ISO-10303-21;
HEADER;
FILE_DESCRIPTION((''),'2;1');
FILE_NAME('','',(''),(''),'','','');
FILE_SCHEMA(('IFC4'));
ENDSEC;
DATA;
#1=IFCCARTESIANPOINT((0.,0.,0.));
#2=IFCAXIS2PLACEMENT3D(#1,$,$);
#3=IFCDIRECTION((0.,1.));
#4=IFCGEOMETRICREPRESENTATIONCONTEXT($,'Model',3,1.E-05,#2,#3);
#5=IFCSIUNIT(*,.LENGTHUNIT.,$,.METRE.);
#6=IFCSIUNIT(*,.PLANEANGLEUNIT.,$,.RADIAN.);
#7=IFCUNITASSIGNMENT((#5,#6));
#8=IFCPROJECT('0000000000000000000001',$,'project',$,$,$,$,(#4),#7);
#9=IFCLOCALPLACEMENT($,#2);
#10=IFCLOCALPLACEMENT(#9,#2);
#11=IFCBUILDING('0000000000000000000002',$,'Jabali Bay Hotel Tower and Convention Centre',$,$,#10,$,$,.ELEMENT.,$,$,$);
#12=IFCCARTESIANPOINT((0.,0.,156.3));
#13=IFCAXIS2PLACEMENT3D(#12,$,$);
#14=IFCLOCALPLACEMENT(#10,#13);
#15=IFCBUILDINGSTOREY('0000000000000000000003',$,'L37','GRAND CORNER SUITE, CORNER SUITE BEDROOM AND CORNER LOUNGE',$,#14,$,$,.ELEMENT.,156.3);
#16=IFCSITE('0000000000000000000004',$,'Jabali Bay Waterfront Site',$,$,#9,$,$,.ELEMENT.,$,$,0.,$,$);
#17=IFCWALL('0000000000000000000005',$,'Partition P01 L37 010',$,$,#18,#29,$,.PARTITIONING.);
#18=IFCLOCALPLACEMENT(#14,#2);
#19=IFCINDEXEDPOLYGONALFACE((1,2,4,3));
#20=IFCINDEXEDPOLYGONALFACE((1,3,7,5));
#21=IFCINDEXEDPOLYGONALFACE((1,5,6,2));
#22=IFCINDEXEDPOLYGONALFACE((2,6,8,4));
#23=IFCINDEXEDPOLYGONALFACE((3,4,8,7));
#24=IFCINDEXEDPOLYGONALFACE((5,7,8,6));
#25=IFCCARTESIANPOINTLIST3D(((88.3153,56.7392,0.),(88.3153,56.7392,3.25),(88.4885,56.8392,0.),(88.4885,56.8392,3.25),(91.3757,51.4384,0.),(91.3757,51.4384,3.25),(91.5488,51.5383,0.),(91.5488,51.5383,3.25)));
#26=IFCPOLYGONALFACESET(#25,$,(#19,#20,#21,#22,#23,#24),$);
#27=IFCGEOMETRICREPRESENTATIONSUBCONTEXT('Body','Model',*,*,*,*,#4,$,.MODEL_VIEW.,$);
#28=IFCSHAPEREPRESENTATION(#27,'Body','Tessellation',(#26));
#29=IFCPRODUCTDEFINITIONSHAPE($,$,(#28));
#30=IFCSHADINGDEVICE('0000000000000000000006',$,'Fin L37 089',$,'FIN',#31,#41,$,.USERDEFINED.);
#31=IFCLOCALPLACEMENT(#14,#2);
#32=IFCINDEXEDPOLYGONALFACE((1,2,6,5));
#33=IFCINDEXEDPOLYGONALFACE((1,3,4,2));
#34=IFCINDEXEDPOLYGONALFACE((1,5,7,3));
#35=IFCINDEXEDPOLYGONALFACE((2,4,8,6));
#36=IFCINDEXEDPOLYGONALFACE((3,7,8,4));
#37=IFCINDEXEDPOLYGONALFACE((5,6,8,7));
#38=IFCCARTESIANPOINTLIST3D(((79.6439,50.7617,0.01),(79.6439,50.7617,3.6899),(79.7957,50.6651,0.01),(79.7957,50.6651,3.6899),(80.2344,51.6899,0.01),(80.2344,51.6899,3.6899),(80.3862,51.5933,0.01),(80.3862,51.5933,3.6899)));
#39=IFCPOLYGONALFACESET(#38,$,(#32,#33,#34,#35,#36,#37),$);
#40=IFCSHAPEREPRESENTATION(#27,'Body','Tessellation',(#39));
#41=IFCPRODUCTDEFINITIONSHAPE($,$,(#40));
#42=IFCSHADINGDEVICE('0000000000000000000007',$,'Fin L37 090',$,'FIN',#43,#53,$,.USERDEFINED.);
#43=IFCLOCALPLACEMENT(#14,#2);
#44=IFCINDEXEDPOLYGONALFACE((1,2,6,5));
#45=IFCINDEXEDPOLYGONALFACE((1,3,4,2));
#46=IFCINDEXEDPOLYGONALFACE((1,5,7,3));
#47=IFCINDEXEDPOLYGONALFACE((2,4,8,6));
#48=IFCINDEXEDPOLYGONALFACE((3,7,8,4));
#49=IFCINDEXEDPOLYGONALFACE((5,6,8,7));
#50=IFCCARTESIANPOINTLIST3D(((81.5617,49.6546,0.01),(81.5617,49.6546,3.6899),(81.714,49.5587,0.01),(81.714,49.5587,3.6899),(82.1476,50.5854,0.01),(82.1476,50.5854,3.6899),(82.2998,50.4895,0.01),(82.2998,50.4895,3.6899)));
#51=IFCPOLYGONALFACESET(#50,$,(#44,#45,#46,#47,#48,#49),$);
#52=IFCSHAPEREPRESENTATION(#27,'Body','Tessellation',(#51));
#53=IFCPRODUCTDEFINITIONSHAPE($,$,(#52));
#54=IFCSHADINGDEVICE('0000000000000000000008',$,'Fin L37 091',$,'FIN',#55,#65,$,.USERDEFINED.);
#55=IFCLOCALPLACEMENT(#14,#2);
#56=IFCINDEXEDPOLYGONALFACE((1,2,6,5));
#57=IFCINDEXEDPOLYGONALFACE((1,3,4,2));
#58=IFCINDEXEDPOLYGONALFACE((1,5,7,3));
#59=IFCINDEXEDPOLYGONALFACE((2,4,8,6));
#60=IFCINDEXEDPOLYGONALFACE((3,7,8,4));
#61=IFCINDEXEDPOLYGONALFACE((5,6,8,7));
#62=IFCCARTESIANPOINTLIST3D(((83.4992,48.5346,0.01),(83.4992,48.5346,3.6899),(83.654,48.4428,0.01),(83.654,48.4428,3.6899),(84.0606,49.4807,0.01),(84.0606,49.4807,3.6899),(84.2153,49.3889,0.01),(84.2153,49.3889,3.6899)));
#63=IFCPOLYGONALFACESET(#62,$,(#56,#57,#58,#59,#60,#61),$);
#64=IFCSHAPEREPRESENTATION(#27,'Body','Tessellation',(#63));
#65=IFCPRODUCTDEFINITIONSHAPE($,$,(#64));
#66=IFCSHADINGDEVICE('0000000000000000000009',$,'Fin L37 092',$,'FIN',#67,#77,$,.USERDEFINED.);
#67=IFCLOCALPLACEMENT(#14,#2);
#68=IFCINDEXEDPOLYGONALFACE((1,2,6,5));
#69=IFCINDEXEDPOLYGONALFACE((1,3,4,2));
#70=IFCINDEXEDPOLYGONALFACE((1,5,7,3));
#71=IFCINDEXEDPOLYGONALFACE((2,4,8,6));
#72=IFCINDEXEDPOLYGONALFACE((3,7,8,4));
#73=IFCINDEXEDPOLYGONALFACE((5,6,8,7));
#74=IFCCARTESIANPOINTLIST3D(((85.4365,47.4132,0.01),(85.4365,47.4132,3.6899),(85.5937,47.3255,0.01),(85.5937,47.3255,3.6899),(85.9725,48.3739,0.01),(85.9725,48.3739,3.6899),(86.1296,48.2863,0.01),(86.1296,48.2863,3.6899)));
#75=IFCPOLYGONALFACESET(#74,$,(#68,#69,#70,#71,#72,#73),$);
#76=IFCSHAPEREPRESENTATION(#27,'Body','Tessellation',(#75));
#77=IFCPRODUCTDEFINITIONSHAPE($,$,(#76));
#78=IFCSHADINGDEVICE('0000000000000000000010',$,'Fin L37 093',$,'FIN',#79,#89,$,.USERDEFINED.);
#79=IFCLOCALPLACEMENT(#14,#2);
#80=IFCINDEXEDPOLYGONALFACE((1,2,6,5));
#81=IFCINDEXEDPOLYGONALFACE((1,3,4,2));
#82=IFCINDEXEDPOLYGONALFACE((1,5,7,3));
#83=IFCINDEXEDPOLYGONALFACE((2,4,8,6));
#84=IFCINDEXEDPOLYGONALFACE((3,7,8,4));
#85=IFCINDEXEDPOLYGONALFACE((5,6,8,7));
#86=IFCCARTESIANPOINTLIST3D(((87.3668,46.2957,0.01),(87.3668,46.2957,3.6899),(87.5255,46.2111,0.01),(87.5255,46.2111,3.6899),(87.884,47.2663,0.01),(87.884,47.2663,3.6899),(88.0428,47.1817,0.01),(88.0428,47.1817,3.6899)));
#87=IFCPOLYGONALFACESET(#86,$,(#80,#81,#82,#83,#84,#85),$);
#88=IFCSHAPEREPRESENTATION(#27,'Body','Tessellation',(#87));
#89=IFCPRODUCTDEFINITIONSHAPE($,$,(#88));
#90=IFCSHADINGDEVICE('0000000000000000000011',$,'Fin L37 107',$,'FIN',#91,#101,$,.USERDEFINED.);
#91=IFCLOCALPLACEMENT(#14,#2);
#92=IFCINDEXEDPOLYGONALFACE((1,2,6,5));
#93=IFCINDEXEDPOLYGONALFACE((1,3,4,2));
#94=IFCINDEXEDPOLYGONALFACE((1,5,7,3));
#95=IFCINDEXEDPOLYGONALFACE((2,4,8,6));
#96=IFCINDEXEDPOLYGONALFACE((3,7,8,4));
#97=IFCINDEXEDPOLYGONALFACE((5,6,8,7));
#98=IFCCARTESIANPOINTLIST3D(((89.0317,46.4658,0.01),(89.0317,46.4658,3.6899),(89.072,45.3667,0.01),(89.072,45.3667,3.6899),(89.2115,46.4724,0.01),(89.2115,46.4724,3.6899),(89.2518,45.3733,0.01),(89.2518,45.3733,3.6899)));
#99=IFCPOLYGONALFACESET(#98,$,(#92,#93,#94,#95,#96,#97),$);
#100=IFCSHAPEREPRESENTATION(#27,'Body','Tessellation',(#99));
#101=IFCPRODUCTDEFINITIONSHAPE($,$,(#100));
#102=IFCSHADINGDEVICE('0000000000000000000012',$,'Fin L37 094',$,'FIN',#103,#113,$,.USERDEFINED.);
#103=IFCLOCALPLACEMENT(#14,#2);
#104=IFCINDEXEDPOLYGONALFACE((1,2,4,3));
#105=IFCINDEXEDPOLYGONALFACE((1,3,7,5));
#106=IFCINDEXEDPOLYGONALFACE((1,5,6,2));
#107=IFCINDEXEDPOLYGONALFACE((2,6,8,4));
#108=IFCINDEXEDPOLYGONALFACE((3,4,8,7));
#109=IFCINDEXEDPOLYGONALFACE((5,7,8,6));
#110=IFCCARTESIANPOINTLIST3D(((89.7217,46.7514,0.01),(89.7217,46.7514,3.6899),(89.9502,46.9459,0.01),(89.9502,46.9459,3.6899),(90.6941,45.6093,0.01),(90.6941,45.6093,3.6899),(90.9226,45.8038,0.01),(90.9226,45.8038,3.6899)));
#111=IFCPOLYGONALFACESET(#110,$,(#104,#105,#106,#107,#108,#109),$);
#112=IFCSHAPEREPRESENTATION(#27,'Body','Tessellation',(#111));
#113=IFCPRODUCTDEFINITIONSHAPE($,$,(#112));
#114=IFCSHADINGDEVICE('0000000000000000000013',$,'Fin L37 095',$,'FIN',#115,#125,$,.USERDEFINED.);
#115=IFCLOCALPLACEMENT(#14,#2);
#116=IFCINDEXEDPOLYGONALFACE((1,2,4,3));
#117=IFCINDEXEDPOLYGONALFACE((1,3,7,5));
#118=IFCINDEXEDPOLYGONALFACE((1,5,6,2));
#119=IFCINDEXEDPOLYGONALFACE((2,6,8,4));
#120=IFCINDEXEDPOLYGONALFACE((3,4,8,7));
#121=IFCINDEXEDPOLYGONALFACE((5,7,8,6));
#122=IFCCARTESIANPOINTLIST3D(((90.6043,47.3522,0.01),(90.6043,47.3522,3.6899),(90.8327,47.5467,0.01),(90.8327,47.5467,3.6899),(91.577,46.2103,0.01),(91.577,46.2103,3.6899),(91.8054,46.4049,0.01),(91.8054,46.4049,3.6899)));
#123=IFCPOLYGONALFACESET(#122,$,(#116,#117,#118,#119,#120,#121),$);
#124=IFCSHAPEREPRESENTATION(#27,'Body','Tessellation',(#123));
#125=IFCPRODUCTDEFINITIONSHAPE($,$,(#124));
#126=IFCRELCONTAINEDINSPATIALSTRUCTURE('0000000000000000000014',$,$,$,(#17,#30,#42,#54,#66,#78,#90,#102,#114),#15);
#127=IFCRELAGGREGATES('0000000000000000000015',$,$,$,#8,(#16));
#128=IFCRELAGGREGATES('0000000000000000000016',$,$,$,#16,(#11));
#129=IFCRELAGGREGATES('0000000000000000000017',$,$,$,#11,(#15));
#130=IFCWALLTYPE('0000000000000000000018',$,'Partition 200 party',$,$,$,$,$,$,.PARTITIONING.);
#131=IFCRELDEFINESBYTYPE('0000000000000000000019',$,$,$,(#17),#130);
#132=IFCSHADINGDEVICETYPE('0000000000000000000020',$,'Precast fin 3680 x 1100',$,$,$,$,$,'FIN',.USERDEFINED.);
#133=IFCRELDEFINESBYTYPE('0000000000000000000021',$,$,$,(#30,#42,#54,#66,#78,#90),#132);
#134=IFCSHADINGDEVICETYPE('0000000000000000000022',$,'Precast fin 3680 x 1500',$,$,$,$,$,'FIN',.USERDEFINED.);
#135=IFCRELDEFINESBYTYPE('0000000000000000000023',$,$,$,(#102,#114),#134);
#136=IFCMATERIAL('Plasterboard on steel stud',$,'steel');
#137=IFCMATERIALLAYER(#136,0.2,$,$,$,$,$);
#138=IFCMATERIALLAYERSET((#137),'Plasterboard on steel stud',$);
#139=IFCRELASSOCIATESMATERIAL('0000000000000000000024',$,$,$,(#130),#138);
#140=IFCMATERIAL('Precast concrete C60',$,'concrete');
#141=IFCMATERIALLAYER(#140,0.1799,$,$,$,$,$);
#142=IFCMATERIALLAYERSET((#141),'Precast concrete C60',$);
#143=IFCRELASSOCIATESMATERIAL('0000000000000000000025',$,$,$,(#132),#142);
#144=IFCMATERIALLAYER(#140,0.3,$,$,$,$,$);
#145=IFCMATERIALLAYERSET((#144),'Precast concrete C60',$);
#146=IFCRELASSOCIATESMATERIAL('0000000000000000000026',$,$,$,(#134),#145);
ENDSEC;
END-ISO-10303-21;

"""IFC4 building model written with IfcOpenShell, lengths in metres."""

from ifc_helpers import new_model, si_unit, direction, frame, frame_2d, origin, place, context, subcontext, project, spatial, rectangle, extrude, material, layer, layer_set, type_object, element, save


model = new_model("IFC4")

# Units and contexts
model_context = context("Model", 3, precision=1e-05, world=origin(), true_north=direction((0.0, 1.0)))
body_context = subcontext(model_context, "Body", "Model", "MODEL_VIEW")
ifc_project = project(units=[si_unit("LENGTHUNIT", "METRE"), si_unit("PLANEANGLEUNIT", "RADIAN")], contexts=[model_context])

# Site, building, storey
site_placement = place(None, origin())
site = spatial("IfcSite", under=ifc_project, at=site_placement, Name="Jabali Bay Waterfront Site", CompositionType="ELEMENT", RefElevation=0.0)
building_placement = place(site_placement, origin())
building = spatial("IfcBuilding", under=site, at=building_placement, Name="Jabali Bay Hotel Tower and Convention Centre", CompositionType="ELEMENT")
storey_placement = place(building_placement, frame((0.0, 0.0, 156.3)))
storey = spatial("IfcBuildingStorey", under=building, at=storey_placement, Name="L37", Description="GRAND CORNER SUITE, CORNER SUITE BEDROOM AND CORNER LOUNGE", CompositionType="ELEMENT", Elevation=156.3)

# Wall
ifc_material_1 = material(Name="Plasterboard on steel stud", Category="steel")
ifc_layer_1 = layer(ifc_material_1, 0.2)
ifc_layer_set_1 = layer_set([ifc_layer_1], Name="Plasterboard on steel stud")
wall_type_1 = type_object("IfcWallType", Name="Partition 200 party", PredefinedType="PARTITIONING", material=ifc_layer_set_1)
wall_1_placement = place(storey_placement, frame((88.4019, 56.7893, 0.0), z_axis=(0.0, 0.0, 1.0), x_axis=(0.499987, -0.866033, 0.0)))
element("IfcWall", 1, at=wall_1_placement, inside=storey, type_object=wall_type_1, Name="Partition P01 L37 010", PredefinedType="PARTITIONING", context=body_context, shape_type="SweptSolid", body=[
    extrude(rectangle(XDim=6.1208, YDim=0.2, at=frame_2d((3.0605, 0.0))), origin(), (0.0, 0.0, 1.0), 3.25),
])

# Shading devices
ifc_material_2 = material(Name="Precast concrete C60", Category="concrete")
ifc_layer_2 = layer(ifc_material_2, 0.1799)
ifc_layer_set_2 = layer_set([ifc_layer_2], Name="Precast concrete C60")
shading_device_type_1 = type_object("IfcShadingDeviceType", Name="Precast fin 3680 x 1100", ElementType="FIN", PredefinedType="USERDEFINED", material=ifc_layer_set_2)
shading_device_1_placement = place(storey_placement, frame((80.3103, 51.6416, 0.01), z_axis=(0.0, 0.0, 1.0), x_axis=(-0.536804, -0.843707, 0.0)))
element("IfcShadingDevice", 2, at=shading_device_1_placement, inside=storey, type_object=shading_device_type_1, Name="Fin L37 089", ObjectType="FIN", PredefinedType="USERDEFINED", context=body_context, shape_type="SweptSolid", body=[
    extrude(rectangle(XDim=1.1001, YDim=0.1799, at=frame_2d((0.55, 0.0))), origin(), (0.0, 0.0, 1.0), 3.6799),
])
shading_device_2_placement = place(storey_placement, frame((82.2236, 50.5374, 0.01), z_axis=(0.0, 0.0, 1.0), x_axis=(-0.53269, -0.846311, 0.0)))
element("IfcShadingDevice", 3, at=shading_device_2_placement, inside=storey, type_object=shading_device_type_1, Name="Fin L37 090", ObjectType="FIN", PredefinedType="USERDEFINED", context=body_context, shape_type="SweptSolid", body=[
    extrude(rectangle(XDim=1.0999, YDim=0.1799, at=frame_2d((0.5498, 0.0))), origin(), (0.0, 0.0, 1.0), 3.6799),
])
for number, where, z_axis, x_axis, name in (
    (4, (84.1379, 49.4348, 0.01), (0.0, 0.0, 1.0), (-0.510246, -0.860028, 0.0), "Fin L37 091"),
    (5, (86.051, 48.3301, 0.01), (0.0, 0.0, 1.0), (-0.48715, -0.873318, 0.0), "Fin L37 092"),
):
    element("IfcShadingDevice", number, at=place(storey_placement, frame(where, z_axis=z_axis, x_axis=x_axis)), inside=storey, type_object=shading_device_type_1, Name=name, ObjectType="FIN", PredefinedType="USERDEFINED", context=body_context, shape_type="SweptSolid", body=[
        extrude(rectangle(XDim=1.1001, YDim=0.1799, at=frame_2d((0.55, 0.0))), origin(), (0.0, 0.0, 1.0), 3.6799),
    ])
for number, where, z_axis, x_axis, name in (
    (6, (87.9634, 47.2239, 0.01), (0.0, 0.0, 1.0), (-0.470323, -0.882494, 0.0), "Fin L37 093"),
    (7, (89.1216, 46.469, 0.01), (0.0, 0.0, 1.0), (0.036626, -0.999329, 0.0), "Fin L37 107"),
):
    element("IfcShadingDevice", number, at=place(storey_placement, frame(where, z_axis=z_axis, x_axis=x_axis)), inside=storey, type_object=shading_device_type_1, Name=name, ObjectType="FIN", PredefinedType="USERDEFINED", context=body_context, shape_type="SweptSolid", body=[
        extrude(rectangle(XDim=1.0999, YDim=0.1799, at=frame_2d((0.5498, 0.0))), origin(), (0.0, 0.0, 1.0), 3.6799),
    ])
ifc_layer_3 = layer(ifc_material_2, 0.3)
ifc_layer_set_3 = layer_set([ifc_layer_3], Name="Precast concrete C60")
shading_device_type_2 = type_object("IfcShadingDeviceType", Name="Precast fin 3680 x 1500", ElementType="FIN", PredefinedType="USERDEFINED", material=ifc_layer_set_3)
for number, where, z_axis, x_axis, name in (
    (8, (89.8359, 46.8486, 0.01), (0.0, 0.0, 1.0), (0.648281, -0.761401, 0.0), "Fin L37 094"),
    (9, (90.7185, 47.4495, 0.01), (0.0, 0.0, 1.0), (0.648456, -0.761252, 0.0), "Fin L37 095"),
):
    element("IfcShadingDevice", number, at=place(storey_placement, frame(where, z_axis=z_axis, x_axis=x_axis)), inside=storey, type_object=shading_device_type_2, Name=name, ObjectType="FIN", PredefinedType="USERDEFINED", context=body_context, shape_type="SweptSolid", body=[
        extrude(rectangle(XDim=1.5, YDim=0.3, at=frame_2d((0.75, 0.0))), origin(), (0.0, 0.0, 1.0), 3.6799),
    ])

save(model, "model.ifc")
